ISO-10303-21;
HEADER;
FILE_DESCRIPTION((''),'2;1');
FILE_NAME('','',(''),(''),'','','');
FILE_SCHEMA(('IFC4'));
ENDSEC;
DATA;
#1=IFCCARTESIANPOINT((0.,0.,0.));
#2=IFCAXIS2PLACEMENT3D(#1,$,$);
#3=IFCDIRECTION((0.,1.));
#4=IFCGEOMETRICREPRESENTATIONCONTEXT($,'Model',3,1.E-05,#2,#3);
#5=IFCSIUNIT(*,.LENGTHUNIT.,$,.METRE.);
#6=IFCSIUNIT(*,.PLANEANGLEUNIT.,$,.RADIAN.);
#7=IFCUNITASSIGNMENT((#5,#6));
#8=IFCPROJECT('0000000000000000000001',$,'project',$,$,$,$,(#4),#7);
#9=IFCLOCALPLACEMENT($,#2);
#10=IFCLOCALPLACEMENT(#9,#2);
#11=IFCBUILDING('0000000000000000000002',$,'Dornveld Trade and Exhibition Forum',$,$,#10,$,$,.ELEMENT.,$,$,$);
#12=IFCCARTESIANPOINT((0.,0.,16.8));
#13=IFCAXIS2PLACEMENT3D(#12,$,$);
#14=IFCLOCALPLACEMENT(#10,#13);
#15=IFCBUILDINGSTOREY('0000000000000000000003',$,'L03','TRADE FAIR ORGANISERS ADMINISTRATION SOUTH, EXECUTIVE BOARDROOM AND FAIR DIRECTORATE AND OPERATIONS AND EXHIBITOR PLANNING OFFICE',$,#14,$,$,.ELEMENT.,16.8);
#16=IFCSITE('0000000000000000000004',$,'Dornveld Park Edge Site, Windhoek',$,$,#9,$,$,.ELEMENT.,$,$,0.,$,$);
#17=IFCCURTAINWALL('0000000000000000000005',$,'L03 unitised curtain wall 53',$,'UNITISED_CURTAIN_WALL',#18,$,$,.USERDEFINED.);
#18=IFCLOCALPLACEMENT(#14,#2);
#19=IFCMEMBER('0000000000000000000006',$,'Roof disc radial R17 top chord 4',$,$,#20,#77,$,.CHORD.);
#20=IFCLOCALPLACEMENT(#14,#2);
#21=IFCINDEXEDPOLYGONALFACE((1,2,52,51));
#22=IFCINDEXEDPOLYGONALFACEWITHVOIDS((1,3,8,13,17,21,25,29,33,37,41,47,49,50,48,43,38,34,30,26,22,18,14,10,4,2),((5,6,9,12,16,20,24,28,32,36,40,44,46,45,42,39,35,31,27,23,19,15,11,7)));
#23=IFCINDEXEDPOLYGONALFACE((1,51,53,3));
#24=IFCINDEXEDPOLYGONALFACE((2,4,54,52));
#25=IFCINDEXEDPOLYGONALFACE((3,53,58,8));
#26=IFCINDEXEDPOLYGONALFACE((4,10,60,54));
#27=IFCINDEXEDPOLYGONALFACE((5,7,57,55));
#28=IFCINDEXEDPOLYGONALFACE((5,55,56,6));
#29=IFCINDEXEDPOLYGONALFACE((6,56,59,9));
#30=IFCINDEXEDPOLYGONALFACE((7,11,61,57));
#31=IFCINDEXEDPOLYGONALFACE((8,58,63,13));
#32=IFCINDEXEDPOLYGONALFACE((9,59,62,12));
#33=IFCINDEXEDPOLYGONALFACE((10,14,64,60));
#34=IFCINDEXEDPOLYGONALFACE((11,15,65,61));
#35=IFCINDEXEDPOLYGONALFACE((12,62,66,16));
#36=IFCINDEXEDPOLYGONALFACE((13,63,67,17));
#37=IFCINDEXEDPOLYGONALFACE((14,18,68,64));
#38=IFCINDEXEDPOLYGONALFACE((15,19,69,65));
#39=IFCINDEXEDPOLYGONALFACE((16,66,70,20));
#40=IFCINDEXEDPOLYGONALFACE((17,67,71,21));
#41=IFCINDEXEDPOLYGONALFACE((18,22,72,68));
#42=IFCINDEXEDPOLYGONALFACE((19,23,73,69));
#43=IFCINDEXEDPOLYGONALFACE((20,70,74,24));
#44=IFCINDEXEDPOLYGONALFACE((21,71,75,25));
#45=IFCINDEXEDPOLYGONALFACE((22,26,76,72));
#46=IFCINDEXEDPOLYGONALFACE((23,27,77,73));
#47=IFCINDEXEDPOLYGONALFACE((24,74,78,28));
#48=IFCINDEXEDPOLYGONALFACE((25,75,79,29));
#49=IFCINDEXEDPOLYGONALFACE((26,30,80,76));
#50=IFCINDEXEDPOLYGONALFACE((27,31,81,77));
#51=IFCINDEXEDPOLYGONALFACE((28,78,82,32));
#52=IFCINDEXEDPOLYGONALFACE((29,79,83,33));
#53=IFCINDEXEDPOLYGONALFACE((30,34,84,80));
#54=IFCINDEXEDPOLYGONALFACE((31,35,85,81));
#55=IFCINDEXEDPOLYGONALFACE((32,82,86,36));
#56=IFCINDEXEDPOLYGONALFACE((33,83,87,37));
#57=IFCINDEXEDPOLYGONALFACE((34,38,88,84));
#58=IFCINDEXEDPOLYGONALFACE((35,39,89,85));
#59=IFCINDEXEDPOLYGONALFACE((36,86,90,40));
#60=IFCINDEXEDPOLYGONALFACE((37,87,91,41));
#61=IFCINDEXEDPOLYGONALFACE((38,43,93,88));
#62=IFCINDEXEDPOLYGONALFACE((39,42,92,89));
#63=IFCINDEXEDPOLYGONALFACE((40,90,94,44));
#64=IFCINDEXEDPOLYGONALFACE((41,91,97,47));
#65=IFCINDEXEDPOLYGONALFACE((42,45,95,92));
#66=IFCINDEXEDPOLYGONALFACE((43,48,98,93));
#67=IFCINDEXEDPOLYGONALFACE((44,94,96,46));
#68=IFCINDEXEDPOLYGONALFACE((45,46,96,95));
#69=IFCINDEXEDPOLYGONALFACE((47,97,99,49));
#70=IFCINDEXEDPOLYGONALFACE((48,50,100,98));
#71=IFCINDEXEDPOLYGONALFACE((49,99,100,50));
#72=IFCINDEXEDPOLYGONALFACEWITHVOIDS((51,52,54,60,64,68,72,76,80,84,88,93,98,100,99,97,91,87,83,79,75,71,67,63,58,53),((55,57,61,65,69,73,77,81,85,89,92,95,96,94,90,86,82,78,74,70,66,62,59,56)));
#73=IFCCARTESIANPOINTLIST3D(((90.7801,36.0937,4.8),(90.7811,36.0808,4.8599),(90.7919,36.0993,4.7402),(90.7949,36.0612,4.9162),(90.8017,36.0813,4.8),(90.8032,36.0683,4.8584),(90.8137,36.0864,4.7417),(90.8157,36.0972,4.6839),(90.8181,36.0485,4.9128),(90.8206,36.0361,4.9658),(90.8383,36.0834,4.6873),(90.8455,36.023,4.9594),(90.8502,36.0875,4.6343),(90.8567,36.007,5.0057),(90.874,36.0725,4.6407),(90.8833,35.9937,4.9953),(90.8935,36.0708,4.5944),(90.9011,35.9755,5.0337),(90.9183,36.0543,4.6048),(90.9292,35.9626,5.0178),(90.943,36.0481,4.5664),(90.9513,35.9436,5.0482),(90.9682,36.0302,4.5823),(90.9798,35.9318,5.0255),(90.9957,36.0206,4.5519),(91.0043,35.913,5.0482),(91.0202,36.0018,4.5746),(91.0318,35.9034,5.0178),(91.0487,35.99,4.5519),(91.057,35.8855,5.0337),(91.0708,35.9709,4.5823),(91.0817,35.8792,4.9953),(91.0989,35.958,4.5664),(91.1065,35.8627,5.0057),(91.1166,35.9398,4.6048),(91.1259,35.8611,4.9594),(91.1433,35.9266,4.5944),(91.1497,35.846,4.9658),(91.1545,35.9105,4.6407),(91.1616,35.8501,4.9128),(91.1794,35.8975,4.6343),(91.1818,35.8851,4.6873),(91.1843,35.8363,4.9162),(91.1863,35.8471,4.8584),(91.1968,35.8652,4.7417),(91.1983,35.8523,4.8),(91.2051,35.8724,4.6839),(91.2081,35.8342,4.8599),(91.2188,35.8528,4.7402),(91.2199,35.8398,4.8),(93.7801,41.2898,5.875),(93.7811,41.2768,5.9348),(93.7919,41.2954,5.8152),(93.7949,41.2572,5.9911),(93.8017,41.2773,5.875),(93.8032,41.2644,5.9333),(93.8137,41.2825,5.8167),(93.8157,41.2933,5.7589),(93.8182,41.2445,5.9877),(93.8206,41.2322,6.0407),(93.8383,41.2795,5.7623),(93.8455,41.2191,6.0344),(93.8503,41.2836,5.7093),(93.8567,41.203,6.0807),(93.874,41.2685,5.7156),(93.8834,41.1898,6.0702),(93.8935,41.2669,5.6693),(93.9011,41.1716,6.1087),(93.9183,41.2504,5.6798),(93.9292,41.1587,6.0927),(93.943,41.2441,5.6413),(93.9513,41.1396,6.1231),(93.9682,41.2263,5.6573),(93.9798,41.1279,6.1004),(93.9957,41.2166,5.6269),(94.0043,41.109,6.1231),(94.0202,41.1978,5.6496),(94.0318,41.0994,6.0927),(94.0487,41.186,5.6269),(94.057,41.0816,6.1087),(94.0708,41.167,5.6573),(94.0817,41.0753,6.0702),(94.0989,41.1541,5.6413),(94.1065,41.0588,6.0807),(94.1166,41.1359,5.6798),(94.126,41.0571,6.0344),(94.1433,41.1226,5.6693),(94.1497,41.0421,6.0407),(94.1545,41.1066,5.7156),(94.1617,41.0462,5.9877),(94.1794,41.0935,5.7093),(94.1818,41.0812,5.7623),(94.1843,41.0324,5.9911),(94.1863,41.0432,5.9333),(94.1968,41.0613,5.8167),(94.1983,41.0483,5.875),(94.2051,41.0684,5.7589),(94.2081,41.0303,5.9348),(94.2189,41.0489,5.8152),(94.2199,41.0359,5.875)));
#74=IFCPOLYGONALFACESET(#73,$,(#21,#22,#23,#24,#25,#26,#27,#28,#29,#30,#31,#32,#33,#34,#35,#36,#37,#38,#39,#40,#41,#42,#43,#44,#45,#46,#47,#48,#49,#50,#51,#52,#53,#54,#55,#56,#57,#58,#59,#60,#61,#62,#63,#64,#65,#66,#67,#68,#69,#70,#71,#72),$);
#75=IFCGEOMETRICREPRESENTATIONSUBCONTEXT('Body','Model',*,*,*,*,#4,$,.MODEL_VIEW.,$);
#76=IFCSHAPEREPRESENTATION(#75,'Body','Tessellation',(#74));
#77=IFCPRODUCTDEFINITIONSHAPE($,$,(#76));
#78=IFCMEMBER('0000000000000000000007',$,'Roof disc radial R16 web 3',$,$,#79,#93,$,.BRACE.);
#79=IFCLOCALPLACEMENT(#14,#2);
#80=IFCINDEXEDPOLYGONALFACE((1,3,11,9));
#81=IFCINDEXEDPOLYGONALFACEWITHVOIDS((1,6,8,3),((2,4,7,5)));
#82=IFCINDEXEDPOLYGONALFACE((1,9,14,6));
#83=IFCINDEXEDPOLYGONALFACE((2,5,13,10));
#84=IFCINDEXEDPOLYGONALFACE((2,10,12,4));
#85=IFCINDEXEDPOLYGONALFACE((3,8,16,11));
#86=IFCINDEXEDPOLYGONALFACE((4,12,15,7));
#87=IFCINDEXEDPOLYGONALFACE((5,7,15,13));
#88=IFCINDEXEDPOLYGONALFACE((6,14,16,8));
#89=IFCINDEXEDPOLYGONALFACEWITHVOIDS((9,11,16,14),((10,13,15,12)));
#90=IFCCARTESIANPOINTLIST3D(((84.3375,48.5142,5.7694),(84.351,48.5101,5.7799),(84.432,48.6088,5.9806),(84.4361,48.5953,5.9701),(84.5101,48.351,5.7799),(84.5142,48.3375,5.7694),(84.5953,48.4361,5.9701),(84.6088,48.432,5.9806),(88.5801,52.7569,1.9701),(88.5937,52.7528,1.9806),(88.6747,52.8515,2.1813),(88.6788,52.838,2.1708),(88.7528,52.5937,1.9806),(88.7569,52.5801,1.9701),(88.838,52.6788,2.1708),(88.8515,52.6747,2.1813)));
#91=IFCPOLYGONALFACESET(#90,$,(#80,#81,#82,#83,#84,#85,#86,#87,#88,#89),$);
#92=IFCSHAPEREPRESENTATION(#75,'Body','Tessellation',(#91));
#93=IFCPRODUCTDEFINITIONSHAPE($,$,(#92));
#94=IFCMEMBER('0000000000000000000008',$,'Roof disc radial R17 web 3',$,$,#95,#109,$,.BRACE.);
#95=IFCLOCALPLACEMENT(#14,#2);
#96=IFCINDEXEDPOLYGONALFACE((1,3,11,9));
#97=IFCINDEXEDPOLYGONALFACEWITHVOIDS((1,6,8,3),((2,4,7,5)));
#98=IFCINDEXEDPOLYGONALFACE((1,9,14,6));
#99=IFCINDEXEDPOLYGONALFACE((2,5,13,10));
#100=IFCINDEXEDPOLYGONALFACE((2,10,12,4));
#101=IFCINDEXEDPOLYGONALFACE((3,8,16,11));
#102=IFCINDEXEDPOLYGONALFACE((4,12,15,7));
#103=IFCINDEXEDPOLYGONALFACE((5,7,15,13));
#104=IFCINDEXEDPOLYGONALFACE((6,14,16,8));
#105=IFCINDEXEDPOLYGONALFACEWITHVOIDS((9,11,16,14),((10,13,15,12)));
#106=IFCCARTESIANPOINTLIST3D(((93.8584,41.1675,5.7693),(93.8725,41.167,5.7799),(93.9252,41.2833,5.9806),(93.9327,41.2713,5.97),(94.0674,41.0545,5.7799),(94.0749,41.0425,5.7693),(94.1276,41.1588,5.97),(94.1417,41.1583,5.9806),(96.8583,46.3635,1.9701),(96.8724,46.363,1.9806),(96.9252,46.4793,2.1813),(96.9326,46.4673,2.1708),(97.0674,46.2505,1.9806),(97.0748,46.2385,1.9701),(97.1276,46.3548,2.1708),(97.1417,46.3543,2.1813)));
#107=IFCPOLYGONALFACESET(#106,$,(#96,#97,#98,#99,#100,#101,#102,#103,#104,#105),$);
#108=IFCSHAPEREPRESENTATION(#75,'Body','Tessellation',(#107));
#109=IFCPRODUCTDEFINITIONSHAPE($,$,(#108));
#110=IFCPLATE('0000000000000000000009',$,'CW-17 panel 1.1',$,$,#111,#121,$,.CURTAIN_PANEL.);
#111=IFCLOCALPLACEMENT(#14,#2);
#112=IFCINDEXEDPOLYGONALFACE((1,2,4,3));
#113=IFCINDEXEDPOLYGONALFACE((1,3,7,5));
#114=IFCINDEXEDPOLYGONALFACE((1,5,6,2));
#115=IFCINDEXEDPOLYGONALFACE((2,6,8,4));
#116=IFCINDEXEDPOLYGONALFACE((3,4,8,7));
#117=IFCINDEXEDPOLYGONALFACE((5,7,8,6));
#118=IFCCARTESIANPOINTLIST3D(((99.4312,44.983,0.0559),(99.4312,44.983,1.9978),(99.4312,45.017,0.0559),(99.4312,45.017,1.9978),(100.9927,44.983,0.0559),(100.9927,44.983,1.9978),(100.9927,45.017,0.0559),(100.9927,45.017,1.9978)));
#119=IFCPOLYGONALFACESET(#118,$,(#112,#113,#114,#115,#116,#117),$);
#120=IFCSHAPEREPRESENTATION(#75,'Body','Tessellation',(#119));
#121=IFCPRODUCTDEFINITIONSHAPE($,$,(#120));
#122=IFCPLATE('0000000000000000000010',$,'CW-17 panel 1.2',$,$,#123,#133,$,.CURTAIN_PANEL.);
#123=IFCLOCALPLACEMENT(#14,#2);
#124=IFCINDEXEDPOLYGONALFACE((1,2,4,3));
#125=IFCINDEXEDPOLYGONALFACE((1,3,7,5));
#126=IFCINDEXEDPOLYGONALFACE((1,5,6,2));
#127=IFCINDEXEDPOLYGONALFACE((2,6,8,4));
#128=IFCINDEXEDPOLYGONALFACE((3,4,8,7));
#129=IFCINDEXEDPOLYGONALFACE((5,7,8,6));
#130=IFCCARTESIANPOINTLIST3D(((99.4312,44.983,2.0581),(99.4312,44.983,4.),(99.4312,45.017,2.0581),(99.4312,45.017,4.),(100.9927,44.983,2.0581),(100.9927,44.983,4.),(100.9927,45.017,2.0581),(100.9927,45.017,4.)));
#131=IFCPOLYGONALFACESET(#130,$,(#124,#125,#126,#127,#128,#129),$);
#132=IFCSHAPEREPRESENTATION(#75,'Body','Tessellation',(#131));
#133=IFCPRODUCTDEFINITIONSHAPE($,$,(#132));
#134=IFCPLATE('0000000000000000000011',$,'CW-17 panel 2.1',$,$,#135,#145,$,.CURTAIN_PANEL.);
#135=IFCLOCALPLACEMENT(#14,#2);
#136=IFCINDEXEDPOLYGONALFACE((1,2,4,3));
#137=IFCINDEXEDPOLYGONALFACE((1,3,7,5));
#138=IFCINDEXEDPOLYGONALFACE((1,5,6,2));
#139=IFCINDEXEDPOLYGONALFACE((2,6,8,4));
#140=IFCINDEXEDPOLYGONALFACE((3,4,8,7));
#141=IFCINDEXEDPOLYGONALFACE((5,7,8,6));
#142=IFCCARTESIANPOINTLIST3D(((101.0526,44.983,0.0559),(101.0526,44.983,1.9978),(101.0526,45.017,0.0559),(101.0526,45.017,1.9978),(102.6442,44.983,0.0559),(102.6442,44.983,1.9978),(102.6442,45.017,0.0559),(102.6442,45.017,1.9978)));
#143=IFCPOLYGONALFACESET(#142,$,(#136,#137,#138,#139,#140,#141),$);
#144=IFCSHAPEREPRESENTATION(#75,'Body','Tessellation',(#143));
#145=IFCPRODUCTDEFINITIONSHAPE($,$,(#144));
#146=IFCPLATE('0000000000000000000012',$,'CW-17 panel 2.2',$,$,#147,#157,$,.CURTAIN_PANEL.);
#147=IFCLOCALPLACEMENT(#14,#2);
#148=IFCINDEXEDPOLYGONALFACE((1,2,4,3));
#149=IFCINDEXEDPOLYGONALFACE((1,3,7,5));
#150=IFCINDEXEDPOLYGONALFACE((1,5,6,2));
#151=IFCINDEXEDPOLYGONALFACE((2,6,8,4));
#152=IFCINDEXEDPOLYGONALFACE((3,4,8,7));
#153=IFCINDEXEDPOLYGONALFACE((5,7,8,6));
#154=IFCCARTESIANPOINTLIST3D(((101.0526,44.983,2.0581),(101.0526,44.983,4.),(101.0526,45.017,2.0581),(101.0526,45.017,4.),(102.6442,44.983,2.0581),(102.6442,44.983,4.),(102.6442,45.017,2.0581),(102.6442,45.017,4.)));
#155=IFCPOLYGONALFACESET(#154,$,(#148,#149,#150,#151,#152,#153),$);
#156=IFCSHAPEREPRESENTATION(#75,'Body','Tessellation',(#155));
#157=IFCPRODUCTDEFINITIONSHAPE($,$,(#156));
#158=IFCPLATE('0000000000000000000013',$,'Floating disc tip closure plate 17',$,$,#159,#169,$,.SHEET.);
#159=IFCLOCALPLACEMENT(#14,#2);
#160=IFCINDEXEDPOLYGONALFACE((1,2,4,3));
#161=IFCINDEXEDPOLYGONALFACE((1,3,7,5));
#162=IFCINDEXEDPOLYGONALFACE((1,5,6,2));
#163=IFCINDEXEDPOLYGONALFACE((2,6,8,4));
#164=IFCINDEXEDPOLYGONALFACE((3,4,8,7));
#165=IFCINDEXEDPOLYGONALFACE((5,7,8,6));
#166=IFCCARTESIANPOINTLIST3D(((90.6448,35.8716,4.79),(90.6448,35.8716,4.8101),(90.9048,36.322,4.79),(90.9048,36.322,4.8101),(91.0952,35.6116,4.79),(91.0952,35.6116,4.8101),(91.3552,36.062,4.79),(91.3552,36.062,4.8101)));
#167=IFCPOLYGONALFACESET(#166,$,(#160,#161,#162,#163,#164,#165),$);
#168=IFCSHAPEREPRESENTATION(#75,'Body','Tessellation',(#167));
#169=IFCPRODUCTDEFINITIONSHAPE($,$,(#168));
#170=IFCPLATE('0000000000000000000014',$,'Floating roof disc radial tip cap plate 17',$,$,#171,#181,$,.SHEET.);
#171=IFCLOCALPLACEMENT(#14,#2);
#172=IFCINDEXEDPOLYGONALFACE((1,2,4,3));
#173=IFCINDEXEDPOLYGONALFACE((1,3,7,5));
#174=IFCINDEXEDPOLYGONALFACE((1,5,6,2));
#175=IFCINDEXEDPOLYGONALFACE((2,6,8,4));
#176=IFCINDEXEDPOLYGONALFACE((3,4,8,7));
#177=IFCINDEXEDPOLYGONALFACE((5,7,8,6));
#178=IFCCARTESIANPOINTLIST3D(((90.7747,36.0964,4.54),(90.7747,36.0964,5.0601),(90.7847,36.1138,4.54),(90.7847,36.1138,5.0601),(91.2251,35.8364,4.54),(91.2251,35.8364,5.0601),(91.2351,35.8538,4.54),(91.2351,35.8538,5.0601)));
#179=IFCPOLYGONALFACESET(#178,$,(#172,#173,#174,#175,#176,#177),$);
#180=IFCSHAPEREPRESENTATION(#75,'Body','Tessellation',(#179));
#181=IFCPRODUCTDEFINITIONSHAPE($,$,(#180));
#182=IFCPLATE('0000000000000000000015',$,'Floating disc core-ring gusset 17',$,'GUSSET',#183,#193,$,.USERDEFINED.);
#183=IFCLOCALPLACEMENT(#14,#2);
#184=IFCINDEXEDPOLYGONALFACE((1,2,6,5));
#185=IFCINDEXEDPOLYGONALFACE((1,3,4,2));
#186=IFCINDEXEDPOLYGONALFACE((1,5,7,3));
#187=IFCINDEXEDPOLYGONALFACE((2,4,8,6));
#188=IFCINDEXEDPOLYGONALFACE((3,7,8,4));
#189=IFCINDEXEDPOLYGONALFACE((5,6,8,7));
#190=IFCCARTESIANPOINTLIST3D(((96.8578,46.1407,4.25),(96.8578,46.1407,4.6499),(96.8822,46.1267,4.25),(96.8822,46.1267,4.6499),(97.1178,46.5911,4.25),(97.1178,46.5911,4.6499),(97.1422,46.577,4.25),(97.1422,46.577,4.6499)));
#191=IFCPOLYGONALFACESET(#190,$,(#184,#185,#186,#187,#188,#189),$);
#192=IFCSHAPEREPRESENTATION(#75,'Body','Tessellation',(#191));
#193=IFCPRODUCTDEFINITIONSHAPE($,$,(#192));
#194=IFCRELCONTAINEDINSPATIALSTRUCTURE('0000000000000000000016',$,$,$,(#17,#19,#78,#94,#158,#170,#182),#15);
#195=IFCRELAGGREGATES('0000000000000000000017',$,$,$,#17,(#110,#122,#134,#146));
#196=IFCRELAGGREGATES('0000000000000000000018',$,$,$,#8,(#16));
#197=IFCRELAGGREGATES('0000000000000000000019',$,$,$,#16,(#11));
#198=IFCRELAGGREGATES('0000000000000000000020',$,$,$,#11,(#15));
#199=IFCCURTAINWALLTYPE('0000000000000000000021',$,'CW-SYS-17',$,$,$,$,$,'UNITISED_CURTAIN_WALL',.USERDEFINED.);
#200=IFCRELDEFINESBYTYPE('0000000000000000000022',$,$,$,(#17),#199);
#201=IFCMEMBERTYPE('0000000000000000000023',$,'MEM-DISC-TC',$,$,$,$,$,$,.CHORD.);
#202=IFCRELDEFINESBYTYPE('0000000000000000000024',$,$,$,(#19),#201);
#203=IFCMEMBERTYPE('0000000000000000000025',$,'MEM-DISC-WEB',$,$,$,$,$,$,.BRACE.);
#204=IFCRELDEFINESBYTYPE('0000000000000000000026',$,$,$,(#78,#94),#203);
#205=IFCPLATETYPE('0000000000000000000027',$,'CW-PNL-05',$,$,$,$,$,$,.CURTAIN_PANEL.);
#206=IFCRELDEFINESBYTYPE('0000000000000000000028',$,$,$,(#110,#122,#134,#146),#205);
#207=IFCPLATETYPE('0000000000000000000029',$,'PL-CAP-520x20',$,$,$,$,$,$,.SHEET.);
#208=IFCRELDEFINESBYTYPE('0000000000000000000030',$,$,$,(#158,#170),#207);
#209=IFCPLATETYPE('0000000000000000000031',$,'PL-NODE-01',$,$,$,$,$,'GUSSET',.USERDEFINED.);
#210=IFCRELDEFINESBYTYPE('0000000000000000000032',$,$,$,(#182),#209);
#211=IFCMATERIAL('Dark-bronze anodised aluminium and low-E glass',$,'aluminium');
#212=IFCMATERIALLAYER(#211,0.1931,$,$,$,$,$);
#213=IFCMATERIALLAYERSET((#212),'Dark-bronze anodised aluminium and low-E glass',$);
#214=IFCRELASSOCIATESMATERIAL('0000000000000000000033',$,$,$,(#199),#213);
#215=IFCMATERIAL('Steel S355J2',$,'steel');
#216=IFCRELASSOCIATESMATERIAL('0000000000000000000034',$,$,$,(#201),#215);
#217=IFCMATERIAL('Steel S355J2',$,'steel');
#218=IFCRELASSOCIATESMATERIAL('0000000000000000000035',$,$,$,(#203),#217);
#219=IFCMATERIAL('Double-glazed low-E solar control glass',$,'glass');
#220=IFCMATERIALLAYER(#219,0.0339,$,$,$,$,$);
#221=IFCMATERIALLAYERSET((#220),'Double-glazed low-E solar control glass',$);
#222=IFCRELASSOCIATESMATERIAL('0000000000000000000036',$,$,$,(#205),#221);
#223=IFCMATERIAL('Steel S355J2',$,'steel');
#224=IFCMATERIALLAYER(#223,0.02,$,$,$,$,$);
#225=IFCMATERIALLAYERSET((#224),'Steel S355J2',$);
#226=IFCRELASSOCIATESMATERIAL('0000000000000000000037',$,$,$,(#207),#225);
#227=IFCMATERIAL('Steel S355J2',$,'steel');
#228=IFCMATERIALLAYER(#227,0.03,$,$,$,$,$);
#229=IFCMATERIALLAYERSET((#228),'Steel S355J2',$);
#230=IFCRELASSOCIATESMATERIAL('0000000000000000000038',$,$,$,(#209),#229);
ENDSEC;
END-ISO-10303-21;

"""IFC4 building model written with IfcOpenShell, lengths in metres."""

from ifc_helpers import new_model, si_unit, direction, frame, origin, origin_2d, place, context, subcontext, project, spatial, rectangle, hollow_rectangle, hollow_circle, extrude, material, layer, layer_set, material_profile, profile_set, type_object, element, aggregate, save


model = new_model("IFC4")

# Units and contexts
model_context = context("Model", 3, precision=1e-05, world=origin(), true_north=direction((0.0, 1.0)))
body_context = subcontext(model_context, "Body", "Model", "MODEL_VIEW")
ifc_project = project(units=[si_unit("LENGTHUNIT", "METRE"), si_unit("PLANEANGLEUNIT", "RADIAN")], contexts=[model_context])

# Site, building, storey
site_placement = place(None, origin())
site = spatial("IfcSite", under=ifc_project, at=site_placement, Name="Dornveld Park Edge Site, Windhoek", CompositionType="ELEMENT", RefElevation=0.0)
building_placement = place(site_placement, origin())
building = spatial("IfcBuilding", under=site, at=building_placement, Name="Dornveld Trade and Exhibition Forum", CompositionType="ELEMENT")
storey_placement = place(building_placement, frame((0.0, 0.0, 16.8)))
storey = spatial("IfcBuildingStorey", under=building, at=storey_placement, Name="L03", Description="TRADE FAIR ORGANISERS ADMINISTRATION SOUTH, EXECUTIVE BOARDROOM AND FAIR DIRECTORATE AND OPERATIONS AND EXHIBITOR PLANNING OFFICE", CompositionType="ELEMENT", Elevation=16.8)

# Curtain wall
ifc_material_1 = material(Name="Dark-bronze anodised aluminium and low-E glass", Category="aluminium")
ifc_layer_1 = layer(ifc_material_1, 0.1931)
ifc_layer_set_1 = layer_set([ifc_layer_1], Name="Dark-bronze anodised aluminium and low-E glass")
curtain_wall_type = type_object("IfcCurtainWallType", Name="CW-SYS-17", ElementType="UNITISED_CURTAIN_WALL", PredefinedType="USERDEFINED", material=ifc_layer_set_1)
curtain_wall_placement = place(storey_placement, origin())
curtain_wall = element("IfcCurtainWall", 1, at=curtain_wall_placement, inside=storey, type_object=curtain_wall_type, Name="L03 unitised curtain wall 53", ObjectType="UNITISED_CURTAIN_WALL", PredefinedType="USERDEFINED")

# Members
ifc_material_2 = material(Name="Steel S355J2", Category="steel")
ifc_material_profile_1 = material_profile(ifc_material_2, hollow_circle(Radius=0.2539, WallThickness=0.0249, at=origin_2d()), Name="CHS 508x25")
ifc_profile_set_1 = profile_set([ifc_material_profile_1], Name="Steel S355J2")
member_type_1 = type_object("IfcMemberType", Name="MEM-DISC-TC", PredefinedType="CHORD", material=ifc_profile_set_1)
member_1_placement = place(storey_placement, frame((94.0, 41.1628, 5.875), z_axis=(-0.492171, -0.852448, -0.176353), x_axis=(0.866021, -0.500008, 0.0)))
element("IfcMember", 2, at=member_1_placement, inside=storey, type_object=member_type_1, Name="Roof disc radial R17 top chord 4", PredefinedType="CHORD", context=body_context, shape_type="SweptSolid", body=[
    extrude(hollow_circle(Radius=0.2539, WallThickness=0.0249, at=origin_2d()), origin(), (0.0, 0.0, 1.0), 6.0955),
])
ifc_material_3 = material(Name="Steel S355J2", Category="steel")
ifc_material_profile_2 = material_profile(ifc_material_3, hollow_rectangle(XDim=0.25, YDim=0.25, WallThickness=0.0125, at=origin_2d()), Name="SHS 250x250x12.5")
ifc_profile_set_2 = profile_set([ifc_material_profile_2], Name="Steel S355J2")
member_type_2 = type_object("IfcMemberType", Name="MEM-DISC-WEB", PredefinedType="BRACE", material=ifc_profile_set_2)
member_2_placement = place(storey_placement, frame((88.7158, 52.7158, 2.0757), z_axis=(-0.597409, -0.597409, 0.53498), x_axis=(0.707107, -0.707107, 0.0)))
element("IfcMember", 3, at=member_2_placement, inside=storey, type_object=member_type_2, Name="Roof disc radial R16 web 3", PredefinedType="BRACE", context=body_context, shape_type="SweptSolid", body=[
    extrude(hollow_rectangle(XDim=0.25, YDim=0.25, WallThickness=0.0125, at=origin_2d()), origin(), (0.0, 0.0, 1.0), 7.1018),
])
member_3_placement = place(storey_placement, frame((97.0, 46.3589, 2.0757), z_axis=(-0.422436, -0.731665, 0.534989), x_axis=(0.866021, -0.500008, 0.0)))
element("IfcMember", 4, at=member_3_placement, inside=storey, type_object=member_type_2, Name="Roof disc radial R17 web 3", PredefinedType="BRACE", context=body_context, shape_type="SweptSolid", body=[
    extrude(hollow_rectangle(XDim=0.25, YDim=0.25, WallThickness=0.0125, at=origin_2d()), origin(), (0.0, 0.0, 1.0), 7.1016),
])

# Plates
ifc_material_4 = material(Name="Double-glazed low-E solar control glass", Category="glass")
ifc_layer_2 = layer(ifc_material_4, 0.0339)
ifc_layer_set_2 = layer_set([ifc_layer_2], Name="Double-glazed low-E solar control glass")
plate_type_1 = type_object("IfcPlateType", Name="CW-PNL-05", PredefinedType="CURTAIN_PANEL", material=ifc_layer_set_2)
plate_1_placement = place(storey_placement, frame((100.2119, 45.0, 0.0559), z_axis=(0.0, 0.0, 1.0), x_axis=(1.0, 0.0, 0.0)))
plate_1 = element("IfcPlate", 5, at=plate_1_placement, type_object=plate_type_1, Name="CW-17 panel 1.1", PredefinedType="CURTAIN_PANEL", context=body_context, shape_type="SweptSolid", body=[
    extrude(rectangle(XDim=1.5615, YDim=0.0339, at=origin_2d()), origin(), (0.0, 0.0, 1.0), 1.9419),
])
plate_2_placement = place(storey_placement, frame((100.2119, 45.0, 2.0581), z_axis=(0.0, 0.0, 1.0), x_axis=(1.0, 0.0, 0.0)))
plate_2 = element("IfcPlate", 6, at=plate_2_placement, type_object=plate_type_1, Name="CW-17 panel 1.2", PredefinedType="CURTAIN_PANEL", context=body_context, shape_type="SweptSolid", body=[
    extrude(rectangle(XDim=1.5615, YDim=0.0339, at=origin_2d()), origin(), (0.0, 0.0, 1.0), 1.9419),
])
plate_3_placement = place(storey_placement, frame((101.8484, 45.0, 0.0559), z_axis=(0.0, 0.0, 1.0), x_axis=(1.0, 0.0, 0.0)))
plate_3 = element("IfcPlate", 7, at=plate_3_placement, type_object=plate_type_1, Name="CW-17 panel 2.1", PredefinedType="CURTAIN_PANEL", context=body_context, shape_type="SweptSolid", body=[
    extrude(rectangle(XDim=1.5916, YDim=0.0339, at=origin_2d()), origin(), (0.0, 0.0, 1.0), 1.9419),
])
plate_4_placement = place(storey_placement, frame((101.8484, 45.0, 2.0581), z_axis=(0.0, 0.0, 1.0), x_axis=(1.0, 0.0, 0.0)))
plate_4 = element("IfcPlate", 8, at=plate_4_placement, type_object=plate_type_1, Name="CW-17 panel 2.2", PredefinedType="CURTAIN_PANEL", context=body_context, shape_type="SweptSolid", body=[
    extrude(rectangle(XDim=1.5916, YDim=0.0339, at=origin_2d()), origin(), (0.0, 0.0, 1.0), 1.9419),
])
aggregate(curtain_wall, [plate_1, plate_2, plate_3, plate_4])

# Plates
ifc_material_5 = material(Name="Steel S355J2", Category="steel")
ifc_layer_3 = layer(ifc_material_5, 0.02)
ifc_layer_set_3 = layer_set([ifc_layer_3], Name="Steel S355J2")
plate_type_2 = type_object("IfcPlateType", Name="PL-CAP-520x20", PredefinedType="SHEET", material=ifc_layer_set_3)
plate_5_placement = place(storey_placement, frame((91.0, 35.9668, 4.79), z_axis=(0.0, 0.0, 1.0), x_axis=(-0.5, -0.866025, 0.0)))
element("IfcPlate", 9, at=plate_5_placement, inside=storey, type_object=plate_type_2, Name="Floating disc tip closure plate 17", PredefinedType="SHEET", context=body_context, shape_type="SweptSolid", body=[
    extrude(rectangle(XDim=0.52, YDim=0.52, at=origin_2d()), origin(), (0.0, 0.0, 1.0), 0.02),
])
plate_6_placement = place(storey_placement, frame((91.0049, 35.9751, 4.54), z_axis=(0.0, 0.0, 1.0), x_axis=(-0.5, -0.866025, 0.0)))
element("IfcPlate", 10, at=plate_6_placement, inside=storey, type_object=plate_type_2, Name="Floating roof disc radial tip cap plate 17", PredefinedType="SHEET", context=body_context, shape_type="SweptSolid", body=[
    extrude(rectangle(XDim=0.02, YDim=0.52, at=origin_2d()), origin(), (0.0, 0.0, 1.0), 0.52),
])
ifc_material_6 = material(Name="Steel S355J2", Category="steel")
ifc_layer_4 = layer(ifc_material_6, 0.03)
ifc_layer_set_4 = layer_set([ifc_layer_4], Name="Steel S355J2")
plate_type_3 = type_object("IfcPlateType", Name="PL-NODE-01", ElementType="GUSSET", PredefinedType="USERDEFINED", material=ifc_layer_set_4)
plate_7_placement = place(storey_placement, frame((97.0, 46.3589, 4.25), z_axis=(0.0, 0.0, 1.0), x_axis=(-0.5, -0.866025, 0.0)))
element("IfcPlate", 11, at=plate_7_placement, inside=storey, type_object=plate_type_3, Name="Floating disc core-ring gusset 17", ObjectType="GUSSET", PredefinedType="USERDEFINED", context=body_context, shape_type="SweptSolid", body=[
    extrude(rectangle(XDim=0.52, YDim=0.0281, at=origin_2d()), origin(), (0.0, 0.0, 1.0), 0.3999),
])

save(model, "model.ifc")
